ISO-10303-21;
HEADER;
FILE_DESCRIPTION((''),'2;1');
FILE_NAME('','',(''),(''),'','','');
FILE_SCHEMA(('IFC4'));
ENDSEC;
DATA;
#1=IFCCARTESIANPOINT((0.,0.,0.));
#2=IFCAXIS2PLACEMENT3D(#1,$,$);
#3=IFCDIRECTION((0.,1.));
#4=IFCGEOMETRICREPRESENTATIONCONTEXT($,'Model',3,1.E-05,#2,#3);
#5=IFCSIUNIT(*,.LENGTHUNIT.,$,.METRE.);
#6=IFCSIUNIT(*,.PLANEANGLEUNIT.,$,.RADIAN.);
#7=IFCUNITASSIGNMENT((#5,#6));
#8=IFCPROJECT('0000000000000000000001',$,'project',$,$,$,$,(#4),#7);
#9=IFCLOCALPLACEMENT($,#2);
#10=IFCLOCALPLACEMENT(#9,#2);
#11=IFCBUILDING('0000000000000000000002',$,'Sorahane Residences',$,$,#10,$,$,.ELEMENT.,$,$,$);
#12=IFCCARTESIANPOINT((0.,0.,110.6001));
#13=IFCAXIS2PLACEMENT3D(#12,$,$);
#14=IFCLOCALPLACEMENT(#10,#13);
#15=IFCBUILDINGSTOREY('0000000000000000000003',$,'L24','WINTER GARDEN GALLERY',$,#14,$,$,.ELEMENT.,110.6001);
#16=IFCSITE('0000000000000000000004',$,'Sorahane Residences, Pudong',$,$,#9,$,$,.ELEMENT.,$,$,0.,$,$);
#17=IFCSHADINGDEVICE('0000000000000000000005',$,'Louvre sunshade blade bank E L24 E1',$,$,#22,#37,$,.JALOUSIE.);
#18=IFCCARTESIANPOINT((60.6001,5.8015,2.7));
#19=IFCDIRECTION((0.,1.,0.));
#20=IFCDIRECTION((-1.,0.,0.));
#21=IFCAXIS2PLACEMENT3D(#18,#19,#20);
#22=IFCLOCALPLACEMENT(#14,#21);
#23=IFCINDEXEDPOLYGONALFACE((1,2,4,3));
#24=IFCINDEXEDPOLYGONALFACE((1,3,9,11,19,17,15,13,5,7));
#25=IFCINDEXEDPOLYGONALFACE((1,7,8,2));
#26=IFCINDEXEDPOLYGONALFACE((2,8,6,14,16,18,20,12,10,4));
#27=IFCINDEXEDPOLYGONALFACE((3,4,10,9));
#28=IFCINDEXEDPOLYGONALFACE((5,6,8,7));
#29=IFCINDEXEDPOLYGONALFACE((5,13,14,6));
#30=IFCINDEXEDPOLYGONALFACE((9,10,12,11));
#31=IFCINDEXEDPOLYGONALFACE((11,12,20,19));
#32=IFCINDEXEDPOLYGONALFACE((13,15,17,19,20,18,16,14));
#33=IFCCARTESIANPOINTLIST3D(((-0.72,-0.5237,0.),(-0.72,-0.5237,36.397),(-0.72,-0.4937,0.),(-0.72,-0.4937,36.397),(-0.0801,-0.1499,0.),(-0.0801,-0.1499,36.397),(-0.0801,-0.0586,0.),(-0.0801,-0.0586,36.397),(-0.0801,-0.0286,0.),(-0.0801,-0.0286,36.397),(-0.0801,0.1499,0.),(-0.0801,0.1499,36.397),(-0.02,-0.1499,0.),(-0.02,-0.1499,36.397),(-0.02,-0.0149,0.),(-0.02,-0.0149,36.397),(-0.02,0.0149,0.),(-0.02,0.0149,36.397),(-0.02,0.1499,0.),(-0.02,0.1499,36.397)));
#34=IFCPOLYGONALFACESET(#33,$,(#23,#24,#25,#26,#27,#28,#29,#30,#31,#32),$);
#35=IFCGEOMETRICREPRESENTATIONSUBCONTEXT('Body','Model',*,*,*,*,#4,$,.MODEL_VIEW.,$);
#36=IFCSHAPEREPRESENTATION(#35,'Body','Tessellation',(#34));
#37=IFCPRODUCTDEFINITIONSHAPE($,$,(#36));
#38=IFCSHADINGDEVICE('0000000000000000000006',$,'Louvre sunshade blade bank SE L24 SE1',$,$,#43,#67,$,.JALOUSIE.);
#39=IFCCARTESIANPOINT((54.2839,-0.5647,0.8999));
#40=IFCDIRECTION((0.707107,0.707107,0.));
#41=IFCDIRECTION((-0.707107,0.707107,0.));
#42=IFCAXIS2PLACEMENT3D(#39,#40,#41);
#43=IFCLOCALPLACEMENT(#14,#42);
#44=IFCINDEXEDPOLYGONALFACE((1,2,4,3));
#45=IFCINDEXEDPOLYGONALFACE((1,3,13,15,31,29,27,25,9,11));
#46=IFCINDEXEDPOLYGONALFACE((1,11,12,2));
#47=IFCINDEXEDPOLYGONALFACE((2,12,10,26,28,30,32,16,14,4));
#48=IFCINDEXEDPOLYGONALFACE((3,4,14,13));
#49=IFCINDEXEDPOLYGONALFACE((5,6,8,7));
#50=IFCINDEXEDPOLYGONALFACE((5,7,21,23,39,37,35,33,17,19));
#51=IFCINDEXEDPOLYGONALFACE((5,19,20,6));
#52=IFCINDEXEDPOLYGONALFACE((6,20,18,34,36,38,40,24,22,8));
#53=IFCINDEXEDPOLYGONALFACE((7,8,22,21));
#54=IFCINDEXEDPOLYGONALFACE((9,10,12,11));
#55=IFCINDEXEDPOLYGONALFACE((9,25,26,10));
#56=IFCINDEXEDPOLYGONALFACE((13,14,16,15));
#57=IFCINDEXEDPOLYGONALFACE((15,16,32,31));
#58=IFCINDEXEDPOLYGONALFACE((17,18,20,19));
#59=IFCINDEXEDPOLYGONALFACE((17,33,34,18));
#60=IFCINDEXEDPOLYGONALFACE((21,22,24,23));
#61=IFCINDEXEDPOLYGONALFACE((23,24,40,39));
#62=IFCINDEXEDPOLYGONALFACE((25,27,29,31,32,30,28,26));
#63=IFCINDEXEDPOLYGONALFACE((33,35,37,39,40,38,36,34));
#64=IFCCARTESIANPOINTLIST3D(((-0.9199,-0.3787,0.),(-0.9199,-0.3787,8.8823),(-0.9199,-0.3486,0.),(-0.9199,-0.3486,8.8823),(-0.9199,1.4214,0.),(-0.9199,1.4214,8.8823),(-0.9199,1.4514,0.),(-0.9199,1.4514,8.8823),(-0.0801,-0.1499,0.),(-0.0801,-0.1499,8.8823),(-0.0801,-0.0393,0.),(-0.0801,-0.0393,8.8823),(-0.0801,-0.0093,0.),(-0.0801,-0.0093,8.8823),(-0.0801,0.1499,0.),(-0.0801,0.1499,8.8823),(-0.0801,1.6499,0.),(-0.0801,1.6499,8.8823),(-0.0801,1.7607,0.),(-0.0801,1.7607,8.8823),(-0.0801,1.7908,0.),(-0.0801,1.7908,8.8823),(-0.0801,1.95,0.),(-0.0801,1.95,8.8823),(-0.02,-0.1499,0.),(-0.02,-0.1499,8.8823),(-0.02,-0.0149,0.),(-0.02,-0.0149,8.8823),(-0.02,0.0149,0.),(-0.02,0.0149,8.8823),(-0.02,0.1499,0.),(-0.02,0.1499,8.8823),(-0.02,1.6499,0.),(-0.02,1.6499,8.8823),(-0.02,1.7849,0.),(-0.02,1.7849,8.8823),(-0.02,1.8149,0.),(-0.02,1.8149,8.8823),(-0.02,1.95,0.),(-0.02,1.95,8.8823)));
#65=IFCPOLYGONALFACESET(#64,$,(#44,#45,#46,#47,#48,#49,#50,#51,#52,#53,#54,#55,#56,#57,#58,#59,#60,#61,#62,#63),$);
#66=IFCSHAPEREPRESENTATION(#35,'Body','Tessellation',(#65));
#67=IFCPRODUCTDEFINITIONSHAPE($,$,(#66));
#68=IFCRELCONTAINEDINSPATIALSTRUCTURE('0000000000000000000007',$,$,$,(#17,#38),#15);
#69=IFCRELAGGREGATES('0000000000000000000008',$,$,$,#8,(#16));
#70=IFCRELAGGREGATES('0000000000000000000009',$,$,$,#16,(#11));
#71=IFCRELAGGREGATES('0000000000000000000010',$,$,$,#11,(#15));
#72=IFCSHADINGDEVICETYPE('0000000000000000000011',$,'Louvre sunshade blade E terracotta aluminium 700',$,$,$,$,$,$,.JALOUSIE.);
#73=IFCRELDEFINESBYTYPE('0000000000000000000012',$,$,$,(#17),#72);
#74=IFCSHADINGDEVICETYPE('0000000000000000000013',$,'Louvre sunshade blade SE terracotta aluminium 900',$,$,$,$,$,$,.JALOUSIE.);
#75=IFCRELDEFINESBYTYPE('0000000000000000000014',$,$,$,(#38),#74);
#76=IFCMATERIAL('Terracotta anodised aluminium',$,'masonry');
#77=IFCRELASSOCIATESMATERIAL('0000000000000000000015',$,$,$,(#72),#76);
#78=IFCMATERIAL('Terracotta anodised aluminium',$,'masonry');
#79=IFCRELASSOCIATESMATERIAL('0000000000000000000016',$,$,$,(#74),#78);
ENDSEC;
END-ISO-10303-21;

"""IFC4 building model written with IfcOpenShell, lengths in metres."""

from ifc_helpers import new_model, si_unit, direction, frame, origin, place, context, subcontext, project, spatial, polyline, outline, composite_profile, extrude, material, type_object, element, save


model = new_model("IFC4")

# Units and contexts
model_context = context("Model", 3, precision=1e-05, world=origin(), true_north=direction((0.0, 1.0)))
body_context = subcontext(model_context, "Body", "Model", "MODEL_VIEW")
ifc_project = project(units=[si_unit("LENGTHUNIT", "METRE"), si_unit("PLANEANGLEUNIT", "RADIAN")], contexts=[model_context])

# Site, building, storey
site_placement = place(None, origin())
site = spatial("IfcSite", under=ifc_project, at=site_placement, Name="Sorahane Residences, Pudong", CompositionType="ELEMENT", RefElevation=0.0)
building_placement = place(site_placement, origin())
building = spatial("IfcBuilding", under=site, at=building_placement, Name="Sorahane Residences", CompositionType="ELEMENT")
storey_placement = place(building_placement, frame((0.0, 0.0, 110.6001)))
storey = spatial("IfcBuildingStorey", under=building, at=storey_placement, Name="L24", Description="WINTER GARDEN GALLERY", CompositionType="ELEMENT", Elevation=110.6001)

# Shading devices
ifc_material_1 = material(Name="Terracotta anodised aluminium", Category="masonry")
shading_device_type_1 = type_object("IfcShadingDeviceType", Name="Louvre sunshade blade E terracotta aluminium 700", PredefinedType="JALOUSIE", material=ifc_material_1)
shading_device_1_placement = place(storey_placement, frame((60.6001, 5.8015, 2.7), z_axis=(0.0, 1.0, 0.0), x_axis=(-1.0, 0.0, 0.0)))
element("IfcShadingDevice", 1, at=shading_device_1_placement, inside=storey, type_object=shading_device_type_1, Name="Louvre sunshade blade bank E L24 E1", PredefinedType="JALOUSIE", context=body_context, shape_type="SweptSolid", body=[
    extrude(outline(polyline([(-0.72, -0.4937), (-0.72, -0.5237), (-0.0801, -0.0586), (-0.0801, -0.1499), (-0.02, -0.1499), (-0.02, -0.0149), (-0.02, 0.0149), (-0.02, 0.1499), (-0.0801, 0.1499), (-0.0801, -0.0286), (-0.72, -0.4937)])), origin(), (0.0, 0.0, 1.0), 36.397),
])
ifc_material_2 = material(Name="Terracotta anodised aluminium", Category="masonry")
shading_device_type_2 = type_object("IfcShadingDeviceType", Name="Louvre sunshade blade SE terracotta aluminium 900", PredefinedType="JALOUSIE", material=ifc_material_2)
shading_device_2_placement = place(storey_placement, frame((54.2839, -0.5647, 0.8999), z_axis=(0.707107, 0.707107, 0.0), x_axis=(-0.707107, 0.707107, 0.0)))
element("IfcShadingDevice", 2, at=shading_device_2_placement, inside=storey, type_object=shading_device_type_2, Name="Louvre sunshade blade bank SE L24 SE1", PredefinedType="JALOUSIE", context=body_context, shape_type="SweptSolid", body=[
    extrude(composite_profile([outline(polyline([(-0.9199, -0.3486), (-0.9199, -0.3787), (-0.0801, -0.0393), (-0.0801, -0.1499), (-0.02, -0.1499), (-0.02, -0.0149), (-0.02, 0.0149), (-0.02, 0.1499), (-0.0801, 0.1499), (-0.0801, -0.0093), (-0.9199, -0.3486)])), outline(polyline([(-0.9199, 1.4514), (-0.9199, 1.4214), (-0.0801, 1.7607), (-0.0801, 1.6499), (-0.02, 1.6499), (-0.02, 1.7849), (-0.02, 1.8149), (-0.02, 1.95), (-0.0801, 1.95), (-0.0801, 1.7908), (-0.9199, 1.4514)]))]), origin(), (0.0, 0.0, 1.0), 8.8823),
])

save(model, "model.ifc")
